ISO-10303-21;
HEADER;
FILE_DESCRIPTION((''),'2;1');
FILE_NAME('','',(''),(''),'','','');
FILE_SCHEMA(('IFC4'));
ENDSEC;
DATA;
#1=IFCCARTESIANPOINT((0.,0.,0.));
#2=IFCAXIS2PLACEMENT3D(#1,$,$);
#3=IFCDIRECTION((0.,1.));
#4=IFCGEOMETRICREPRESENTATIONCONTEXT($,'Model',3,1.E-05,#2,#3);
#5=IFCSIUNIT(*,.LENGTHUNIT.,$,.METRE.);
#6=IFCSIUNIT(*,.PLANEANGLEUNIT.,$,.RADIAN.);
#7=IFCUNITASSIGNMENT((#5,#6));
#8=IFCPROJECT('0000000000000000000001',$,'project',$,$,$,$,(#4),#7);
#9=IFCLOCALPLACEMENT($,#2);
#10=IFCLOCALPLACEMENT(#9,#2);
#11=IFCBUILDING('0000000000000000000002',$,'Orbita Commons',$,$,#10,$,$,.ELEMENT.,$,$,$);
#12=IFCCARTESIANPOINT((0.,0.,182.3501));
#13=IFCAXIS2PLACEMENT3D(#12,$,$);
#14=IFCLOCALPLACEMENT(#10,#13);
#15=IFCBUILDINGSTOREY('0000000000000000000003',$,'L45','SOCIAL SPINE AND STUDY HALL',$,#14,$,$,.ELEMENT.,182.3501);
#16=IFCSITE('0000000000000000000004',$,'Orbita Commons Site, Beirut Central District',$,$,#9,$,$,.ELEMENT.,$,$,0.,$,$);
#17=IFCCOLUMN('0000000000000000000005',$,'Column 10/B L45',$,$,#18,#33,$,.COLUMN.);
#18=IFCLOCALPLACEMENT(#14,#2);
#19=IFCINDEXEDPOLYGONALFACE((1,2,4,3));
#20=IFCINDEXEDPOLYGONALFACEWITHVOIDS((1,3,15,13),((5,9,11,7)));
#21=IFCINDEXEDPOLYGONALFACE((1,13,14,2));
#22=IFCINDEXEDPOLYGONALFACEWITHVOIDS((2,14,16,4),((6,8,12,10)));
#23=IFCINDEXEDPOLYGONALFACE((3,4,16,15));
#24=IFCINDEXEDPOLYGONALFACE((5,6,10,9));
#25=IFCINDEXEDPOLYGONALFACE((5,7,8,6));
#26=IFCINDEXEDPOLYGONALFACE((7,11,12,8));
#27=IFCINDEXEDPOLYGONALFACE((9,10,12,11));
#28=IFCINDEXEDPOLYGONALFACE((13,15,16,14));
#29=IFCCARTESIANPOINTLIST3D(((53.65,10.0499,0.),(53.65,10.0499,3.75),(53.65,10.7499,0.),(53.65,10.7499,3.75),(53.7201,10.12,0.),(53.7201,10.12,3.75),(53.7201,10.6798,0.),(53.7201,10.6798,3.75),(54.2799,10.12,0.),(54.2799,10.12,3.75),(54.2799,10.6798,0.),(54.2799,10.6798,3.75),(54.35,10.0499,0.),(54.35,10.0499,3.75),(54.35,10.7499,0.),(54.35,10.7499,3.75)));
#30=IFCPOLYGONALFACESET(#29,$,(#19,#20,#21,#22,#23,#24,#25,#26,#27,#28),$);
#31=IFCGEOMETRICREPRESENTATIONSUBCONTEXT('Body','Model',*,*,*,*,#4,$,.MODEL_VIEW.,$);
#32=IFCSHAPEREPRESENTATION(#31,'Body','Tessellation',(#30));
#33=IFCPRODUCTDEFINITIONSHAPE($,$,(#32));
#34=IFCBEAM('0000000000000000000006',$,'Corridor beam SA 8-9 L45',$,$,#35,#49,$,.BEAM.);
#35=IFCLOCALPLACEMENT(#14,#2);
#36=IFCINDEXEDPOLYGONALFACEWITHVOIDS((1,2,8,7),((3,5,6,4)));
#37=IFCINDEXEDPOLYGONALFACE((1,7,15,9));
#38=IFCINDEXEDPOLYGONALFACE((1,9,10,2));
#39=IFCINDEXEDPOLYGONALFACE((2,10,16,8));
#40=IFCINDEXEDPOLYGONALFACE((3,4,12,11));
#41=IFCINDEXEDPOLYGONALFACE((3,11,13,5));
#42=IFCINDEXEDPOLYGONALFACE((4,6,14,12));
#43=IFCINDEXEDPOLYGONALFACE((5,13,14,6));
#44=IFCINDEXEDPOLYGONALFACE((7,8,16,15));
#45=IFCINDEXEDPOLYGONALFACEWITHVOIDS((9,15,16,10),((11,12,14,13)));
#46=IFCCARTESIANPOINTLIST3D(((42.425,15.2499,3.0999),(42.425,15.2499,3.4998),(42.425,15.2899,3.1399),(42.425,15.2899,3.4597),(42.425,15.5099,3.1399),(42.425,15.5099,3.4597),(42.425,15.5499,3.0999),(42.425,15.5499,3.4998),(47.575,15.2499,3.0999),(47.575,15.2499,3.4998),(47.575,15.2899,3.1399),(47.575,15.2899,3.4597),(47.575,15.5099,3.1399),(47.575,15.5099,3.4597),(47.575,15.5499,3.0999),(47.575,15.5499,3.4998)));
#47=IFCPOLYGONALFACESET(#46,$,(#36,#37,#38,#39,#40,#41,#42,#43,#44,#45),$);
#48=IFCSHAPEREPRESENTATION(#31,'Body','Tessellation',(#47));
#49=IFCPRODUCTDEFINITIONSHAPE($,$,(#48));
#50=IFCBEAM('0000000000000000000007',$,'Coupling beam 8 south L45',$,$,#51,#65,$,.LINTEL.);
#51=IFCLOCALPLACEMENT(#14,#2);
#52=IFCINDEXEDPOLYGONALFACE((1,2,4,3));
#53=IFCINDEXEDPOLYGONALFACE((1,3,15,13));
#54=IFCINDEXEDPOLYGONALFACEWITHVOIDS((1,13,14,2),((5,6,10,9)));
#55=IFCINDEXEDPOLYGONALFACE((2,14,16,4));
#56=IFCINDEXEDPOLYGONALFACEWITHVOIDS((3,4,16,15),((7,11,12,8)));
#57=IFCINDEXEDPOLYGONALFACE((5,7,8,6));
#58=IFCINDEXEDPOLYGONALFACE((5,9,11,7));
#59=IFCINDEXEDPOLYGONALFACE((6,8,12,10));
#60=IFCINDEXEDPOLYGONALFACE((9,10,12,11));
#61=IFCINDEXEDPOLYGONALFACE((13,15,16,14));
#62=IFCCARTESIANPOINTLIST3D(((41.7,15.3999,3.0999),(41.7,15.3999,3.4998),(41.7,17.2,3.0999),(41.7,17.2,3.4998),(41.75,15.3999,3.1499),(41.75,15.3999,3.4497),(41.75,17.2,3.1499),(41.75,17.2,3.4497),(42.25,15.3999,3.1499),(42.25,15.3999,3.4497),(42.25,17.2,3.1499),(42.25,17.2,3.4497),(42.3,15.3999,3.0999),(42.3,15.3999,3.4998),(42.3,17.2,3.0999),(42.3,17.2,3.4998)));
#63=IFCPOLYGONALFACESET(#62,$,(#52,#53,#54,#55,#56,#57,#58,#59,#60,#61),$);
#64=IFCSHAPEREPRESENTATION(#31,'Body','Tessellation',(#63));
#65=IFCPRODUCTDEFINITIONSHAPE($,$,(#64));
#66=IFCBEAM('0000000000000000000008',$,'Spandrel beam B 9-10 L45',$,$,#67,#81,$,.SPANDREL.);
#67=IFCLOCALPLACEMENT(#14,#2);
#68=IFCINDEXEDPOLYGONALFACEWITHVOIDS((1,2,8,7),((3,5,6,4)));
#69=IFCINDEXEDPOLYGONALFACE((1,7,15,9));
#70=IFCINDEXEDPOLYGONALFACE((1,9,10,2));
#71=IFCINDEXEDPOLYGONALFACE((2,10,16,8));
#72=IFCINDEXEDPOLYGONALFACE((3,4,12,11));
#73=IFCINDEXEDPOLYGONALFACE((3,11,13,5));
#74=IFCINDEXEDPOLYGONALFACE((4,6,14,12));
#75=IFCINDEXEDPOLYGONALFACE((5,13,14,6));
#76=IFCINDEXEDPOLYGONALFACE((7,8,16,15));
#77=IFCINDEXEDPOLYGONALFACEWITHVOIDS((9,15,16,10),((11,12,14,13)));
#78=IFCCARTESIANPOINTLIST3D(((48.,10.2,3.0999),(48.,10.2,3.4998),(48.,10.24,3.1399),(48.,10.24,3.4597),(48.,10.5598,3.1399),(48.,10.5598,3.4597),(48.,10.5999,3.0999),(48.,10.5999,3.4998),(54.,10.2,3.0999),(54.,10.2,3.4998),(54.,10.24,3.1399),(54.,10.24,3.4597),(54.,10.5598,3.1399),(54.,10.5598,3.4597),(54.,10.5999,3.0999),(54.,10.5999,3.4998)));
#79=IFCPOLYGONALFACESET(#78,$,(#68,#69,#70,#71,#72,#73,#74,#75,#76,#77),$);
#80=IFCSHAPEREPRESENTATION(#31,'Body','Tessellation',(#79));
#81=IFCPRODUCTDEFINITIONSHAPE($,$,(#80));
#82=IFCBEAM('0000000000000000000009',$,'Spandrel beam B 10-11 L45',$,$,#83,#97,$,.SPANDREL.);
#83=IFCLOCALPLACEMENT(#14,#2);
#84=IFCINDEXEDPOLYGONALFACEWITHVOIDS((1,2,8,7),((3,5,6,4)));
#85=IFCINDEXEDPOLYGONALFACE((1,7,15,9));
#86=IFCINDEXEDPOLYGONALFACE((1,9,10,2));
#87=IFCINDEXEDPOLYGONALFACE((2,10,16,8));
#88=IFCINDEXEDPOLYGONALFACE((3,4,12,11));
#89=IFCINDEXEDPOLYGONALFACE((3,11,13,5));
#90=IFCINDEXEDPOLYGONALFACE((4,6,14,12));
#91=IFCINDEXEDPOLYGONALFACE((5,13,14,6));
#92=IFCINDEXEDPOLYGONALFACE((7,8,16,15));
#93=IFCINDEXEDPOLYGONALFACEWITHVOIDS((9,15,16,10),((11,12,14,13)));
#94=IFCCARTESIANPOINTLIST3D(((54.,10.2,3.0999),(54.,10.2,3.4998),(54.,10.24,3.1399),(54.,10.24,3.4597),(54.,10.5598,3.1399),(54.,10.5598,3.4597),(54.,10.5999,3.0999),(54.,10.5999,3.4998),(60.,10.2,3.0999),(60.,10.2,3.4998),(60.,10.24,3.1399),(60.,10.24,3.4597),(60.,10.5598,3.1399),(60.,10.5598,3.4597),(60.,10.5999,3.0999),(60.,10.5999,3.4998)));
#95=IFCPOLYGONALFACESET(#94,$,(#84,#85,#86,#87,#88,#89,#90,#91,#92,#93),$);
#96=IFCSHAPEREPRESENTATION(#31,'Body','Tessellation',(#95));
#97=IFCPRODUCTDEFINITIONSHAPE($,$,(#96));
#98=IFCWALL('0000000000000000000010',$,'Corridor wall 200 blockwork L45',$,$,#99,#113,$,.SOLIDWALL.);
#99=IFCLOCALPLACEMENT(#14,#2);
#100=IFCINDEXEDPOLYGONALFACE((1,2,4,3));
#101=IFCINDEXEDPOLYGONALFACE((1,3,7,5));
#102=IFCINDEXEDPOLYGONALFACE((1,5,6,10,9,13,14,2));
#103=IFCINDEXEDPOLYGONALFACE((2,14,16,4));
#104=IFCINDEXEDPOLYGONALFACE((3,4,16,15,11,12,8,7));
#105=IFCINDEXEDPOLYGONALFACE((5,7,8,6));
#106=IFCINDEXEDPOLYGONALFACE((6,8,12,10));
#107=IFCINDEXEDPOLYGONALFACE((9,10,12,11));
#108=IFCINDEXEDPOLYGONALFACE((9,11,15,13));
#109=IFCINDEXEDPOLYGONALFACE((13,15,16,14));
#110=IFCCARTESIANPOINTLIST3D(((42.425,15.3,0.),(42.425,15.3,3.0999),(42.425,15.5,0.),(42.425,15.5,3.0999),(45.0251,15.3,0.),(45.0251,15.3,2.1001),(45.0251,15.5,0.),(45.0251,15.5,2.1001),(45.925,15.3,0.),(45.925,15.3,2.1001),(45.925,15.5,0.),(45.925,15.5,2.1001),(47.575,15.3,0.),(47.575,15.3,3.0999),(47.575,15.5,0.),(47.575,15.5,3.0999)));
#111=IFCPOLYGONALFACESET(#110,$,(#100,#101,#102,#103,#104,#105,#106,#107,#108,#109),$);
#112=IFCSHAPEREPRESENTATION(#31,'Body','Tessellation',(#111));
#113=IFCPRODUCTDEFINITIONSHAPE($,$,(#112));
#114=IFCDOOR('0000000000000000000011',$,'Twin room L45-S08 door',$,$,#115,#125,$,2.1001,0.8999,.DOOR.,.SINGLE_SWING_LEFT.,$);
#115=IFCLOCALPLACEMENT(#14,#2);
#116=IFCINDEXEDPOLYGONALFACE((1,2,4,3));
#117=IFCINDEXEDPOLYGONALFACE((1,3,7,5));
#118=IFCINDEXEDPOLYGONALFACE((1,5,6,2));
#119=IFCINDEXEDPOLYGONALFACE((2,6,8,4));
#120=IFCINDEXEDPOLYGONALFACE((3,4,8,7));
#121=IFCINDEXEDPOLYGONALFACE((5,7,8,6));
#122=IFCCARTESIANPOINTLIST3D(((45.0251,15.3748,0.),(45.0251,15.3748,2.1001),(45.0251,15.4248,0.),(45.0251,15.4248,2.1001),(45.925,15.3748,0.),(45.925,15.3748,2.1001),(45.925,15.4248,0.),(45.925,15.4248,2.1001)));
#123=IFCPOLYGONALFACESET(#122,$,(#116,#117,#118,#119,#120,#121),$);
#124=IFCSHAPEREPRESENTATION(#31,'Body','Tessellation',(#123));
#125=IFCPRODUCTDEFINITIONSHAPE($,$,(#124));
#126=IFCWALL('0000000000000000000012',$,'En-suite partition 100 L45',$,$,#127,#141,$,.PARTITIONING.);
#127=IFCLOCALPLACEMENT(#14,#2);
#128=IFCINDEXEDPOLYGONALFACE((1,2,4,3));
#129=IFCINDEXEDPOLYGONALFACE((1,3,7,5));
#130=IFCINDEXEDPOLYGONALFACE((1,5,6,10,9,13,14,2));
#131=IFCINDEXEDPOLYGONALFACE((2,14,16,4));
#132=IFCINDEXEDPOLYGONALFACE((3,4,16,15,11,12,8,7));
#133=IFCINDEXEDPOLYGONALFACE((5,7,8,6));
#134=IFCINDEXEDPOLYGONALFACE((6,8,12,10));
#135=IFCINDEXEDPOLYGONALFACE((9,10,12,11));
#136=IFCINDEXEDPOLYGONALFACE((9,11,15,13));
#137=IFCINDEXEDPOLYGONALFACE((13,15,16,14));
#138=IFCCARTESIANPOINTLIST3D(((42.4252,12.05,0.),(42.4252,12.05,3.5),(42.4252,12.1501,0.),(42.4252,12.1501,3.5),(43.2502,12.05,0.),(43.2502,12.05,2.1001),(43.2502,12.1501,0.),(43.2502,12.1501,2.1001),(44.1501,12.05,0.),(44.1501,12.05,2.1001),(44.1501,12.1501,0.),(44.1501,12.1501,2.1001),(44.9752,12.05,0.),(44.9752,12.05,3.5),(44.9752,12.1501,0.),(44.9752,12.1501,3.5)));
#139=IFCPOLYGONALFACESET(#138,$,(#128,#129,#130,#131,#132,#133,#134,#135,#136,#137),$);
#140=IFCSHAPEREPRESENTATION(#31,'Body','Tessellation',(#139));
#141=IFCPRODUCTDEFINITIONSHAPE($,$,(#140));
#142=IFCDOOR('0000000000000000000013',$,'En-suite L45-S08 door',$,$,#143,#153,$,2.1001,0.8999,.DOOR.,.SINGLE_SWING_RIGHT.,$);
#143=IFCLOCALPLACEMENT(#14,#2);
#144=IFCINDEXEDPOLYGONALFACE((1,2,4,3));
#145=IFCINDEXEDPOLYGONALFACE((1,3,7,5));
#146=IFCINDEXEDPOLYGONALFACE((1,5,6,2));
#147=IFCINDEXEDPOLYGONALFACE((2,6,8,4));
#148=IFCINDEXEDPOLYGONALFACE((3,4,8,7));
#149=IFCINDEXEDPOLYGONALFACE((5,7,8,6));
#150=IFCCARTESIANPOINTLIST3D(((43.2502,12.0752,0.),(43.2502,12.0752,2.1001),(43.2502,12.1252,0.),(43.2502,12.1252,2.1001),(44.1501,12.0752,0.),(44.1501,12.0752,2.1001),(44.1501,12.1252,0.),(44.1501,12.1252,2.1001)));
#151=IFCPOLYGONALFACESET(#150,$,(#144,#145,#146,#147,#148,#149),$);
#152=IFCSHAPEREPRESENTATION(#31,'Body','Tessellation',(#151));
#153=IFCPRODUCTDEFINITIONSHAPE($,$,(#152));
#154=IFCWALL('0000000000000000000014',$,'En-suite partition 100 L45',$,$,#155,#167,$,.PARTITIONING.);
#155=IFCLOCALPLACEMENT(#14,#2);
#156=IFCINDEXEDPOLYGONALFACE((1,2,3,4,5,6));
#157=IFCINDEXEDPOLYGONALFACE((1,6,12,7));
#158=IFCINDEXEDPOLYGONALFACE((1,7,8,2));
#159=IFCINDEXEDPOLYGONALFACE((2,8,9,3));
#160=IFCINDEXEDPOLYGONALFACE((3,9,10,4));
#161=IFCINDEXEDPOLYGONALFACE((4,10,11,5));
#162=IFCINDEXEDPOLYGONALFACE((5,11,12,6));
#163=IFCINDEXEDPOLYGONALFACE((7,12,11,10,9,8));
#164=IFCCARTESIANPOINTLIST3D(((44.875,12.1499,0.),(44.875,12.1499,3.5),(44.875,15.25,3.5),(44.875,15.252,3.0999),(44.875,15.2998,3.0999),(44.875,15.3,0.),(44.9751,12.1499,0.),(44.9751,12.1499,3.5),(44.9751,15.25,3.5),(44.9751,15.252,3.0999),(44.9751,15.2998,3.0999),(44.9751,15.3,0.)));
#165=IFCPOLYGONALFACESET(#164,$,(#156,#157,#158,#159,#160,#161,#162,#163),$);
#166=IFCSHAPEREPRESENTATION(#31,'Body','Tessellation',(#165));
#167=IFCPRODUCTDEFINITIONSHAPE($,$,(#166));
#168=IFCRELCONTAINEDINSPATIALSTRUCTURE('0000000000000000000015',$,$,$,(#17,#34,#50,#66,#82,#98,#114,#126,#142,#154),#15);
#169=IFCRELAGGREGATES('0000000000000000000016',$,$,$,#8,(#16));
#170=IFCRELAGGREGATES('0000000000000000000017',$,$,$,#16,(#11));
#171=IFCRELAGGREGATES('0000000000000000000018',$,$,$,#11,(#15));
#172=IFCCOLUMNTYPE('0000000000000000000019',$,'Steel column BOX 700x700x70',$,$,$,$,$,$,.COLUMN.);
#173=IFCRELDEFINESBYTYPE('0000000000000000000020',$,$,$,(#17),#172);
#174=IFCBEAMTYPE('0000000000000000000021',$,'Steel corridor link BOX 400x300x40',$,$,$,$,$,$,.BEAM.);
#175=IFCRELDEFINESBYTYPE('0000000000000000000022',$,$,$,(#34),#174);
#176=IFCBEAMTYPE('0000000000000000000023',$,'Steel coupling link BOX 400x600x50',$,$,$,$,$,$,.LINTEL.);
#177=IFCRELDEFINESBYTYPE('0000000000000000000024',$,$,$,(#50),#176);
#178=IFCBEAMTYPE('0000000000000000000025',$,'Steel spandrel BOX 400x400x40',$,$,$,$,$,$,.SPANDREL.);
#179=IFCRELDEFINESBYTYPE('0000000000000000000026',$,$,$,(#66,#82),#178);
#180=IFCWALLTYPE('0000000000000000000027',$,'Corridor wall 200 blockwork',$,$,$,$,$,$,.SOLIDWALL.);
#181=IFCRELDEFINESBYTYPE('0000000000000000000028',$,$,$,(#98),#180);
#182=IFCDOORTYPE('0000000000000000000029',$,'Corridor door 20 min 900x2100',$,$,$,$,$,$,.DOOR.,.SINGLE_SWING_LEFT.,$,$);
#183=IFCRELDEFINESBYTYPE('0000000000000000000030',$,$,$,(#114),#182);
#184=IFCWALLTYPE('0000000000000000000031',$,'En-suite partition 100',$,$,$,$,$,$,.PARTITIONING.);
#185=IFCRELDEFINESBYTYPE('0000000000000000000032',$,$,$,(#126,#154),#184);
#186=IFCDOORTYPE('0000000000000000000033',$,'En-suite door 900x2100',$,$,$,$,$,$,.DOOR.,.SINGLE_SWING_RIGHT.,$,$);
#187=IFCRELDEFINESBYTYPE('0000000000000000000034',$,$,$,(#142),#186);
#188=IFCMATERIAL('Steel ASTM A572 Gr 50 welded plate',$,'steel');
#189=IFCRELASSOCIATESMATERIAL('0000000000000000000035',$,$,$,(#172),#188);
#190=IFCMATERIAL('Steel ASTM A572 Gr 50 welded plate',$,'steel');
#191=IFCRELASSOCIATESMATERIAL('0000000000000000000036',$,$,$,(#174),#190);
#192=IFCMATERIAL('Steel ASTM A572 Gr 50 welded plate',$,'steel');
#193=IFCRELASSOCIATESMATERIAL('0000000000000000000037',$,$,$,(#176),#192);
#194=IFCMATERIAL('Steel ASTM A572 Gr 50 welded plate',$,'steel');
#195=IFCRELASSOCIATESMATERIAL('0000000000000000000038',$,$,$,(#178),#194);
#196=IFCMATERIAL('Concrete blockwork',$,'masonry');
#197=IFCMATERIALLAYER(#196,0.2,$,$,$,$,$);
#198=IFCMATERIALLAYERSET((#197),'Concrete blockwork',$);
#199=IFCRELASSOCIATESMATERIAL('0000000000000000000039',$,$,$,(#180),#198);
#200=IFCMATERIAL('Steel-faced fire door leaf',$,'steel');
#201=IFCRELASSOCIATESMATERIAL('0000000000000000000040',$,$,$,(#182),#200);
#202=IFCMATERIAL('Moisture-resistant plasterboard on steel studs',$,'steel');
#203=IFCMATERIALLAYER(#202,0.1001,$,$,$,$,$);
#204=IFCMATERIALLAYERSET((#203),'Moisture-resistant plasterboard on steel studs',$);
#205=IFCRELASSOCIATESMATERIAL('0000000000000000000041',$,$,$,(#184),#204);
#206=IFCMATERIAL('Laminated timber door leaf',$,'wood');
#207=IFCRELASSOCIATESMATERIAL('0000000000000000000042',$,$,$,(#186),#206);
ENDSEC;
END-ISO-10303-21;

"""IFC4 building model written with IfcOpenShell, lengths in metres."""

from ifc_helpers import new_model, si_unit, direction, frame, frame_2d, origin, origin_2d, place, context, subcontext, project, spatial, polyline, rectangle, hollow_rectangle, outline, extrude, material, layer, layer_set, material_profile, profile_set, type_object, element, fill, save


model = new_model("IFC4")

# Units and contexts
model_context = context("Model", 3, precision=1e-05, world=origin(), true_north=direction((0.0, 1.0)))
body_context = subcontext(model_context, "Body", "Model", "MODEL_VIEW")
ifc_project = project(units=[si_unit("LENGTHUNIT", "METRE"), si_unit("PLANEANGLEUNIT", "RADIAN")], contexts=[model_context])

# Site, building, storey
site_placement = place(None, origin())
site = spatial("IfcSite", under=ifc_project, at=site_placement, Name="Orbita Commons Site, Beirut Central District", CompositionType="ELEMENT", RefElevation=0.0)
building_placement = place(site_placement, origin())
building = spatial("IfcBuilding", under=site, at=building_placement, Name="Orbita Commons", CompositionType="ELEMENT")
storey_placement = place(building_placement, frame((0.0, 0.0, 182.3501)))
storey = spatial("IfcBuildingStorey", under=building, at=storey_placement, Name="L45", Description="SOCIAL SPINE AND STUDY HALL", CompositionType="ELEMENT", Elevation=182.3501)

# Column
ifc_material_1 = material(Name="Steel ASTM A572 Gr 50 welded plate", Category="steel")
ifc_material_profile_1 = material_profile(ifc_material_1, hollow_rectangle(XDim=0.7, YDim=0.7, WallThickness=0.0701, at=origin_2d()), Name="BOX 700x700x70")
ifc_profile_set_1 = profile_set([ifc_material_profile_1], Name="Steel ASTM A572 Gr 50 welded plate")
column_type = type_object("IfcColumnType", Name="Steel column BOX 700x700x70", PredefinedType="COLUMN", material=ifc_profile_set_1)
column_placement = place(storey_placement, frame((54.0, 10.3999, 0.0), z_axis=(0.0, 0.0, 1.0), x_axis=(1.0, 0.0, 0.0)))
element("IfcColumn", 1, at=column_placement, inside=storey, type_object=column_type, Name="Column 10/B L45", PredefinedType="COLUMN", context=body_context, shape_type="SweptSolid", body=[
    extrude(hollow_rectangle(XDim=0.7, YDim=0.7, WallThickness=0.0701, at=origin_2d()), origin(), (0.0, 0.0, 1.0), 3.75),
])

# Beams
ifc_material_2 = material(Name="Steel ASTM A572 Gr 50 welded plate", Category="steel")
ifc_material_profile_2 = material_profile(ifc_material_2, hollow_rectangle(XDim=0.3, YDim=0.3999, WallThickness=0.04, at=origin_2d()), Name="BOX 400x300x40")
ifc_profile_set_2 = profile_set([ifc_material_profile_2], Name="Steel ASTM A572 Gr 50 welded plate")
beam_type_1 = type_object("IfcBeamType", Name="Steel corridor link BOX 400x300x40", PredefinedType="BEAM", material=ifc_profile_set_2)
beam_1_placement = place(storey_placement, frame((42.425, 15.3999, 3.2998), z_axis=(1.0, 0.0, 0.0), x_axis=(0.0, 1.0, 0.0)))
element("IfcBeam", 2, at=beam_1_placement, inside=storey, type_object=beam_type_1, Name="Corridor beam SA 8-9 L45", PredefinedType="BEAM", context=body_context, shape_type="SweptSolid", body=[
    extrude(hollow_rectangle(XDim=0.3, YDim=0.3999, WallThickness=0.04, at=origin_2d()), origin(), (0.0, 0.0, 1.0), 5.1499),
])
ifc_material_3 = material(Name="Steel ASTM A572 Gr 50 welded plate", Category="steel")
ifc_material_profile_3 = material_profile(ifc_material_3, hollow_rectangle(XDim=0.6001, YDim=0.3999, WallThickness=0.05, at=origin_2d()), Name="BOX 400x600x50")
ifc_profile_set_3 = profile_set([ifc_material_profile_3], Name="Steel ASTM A572 Gr 50 welded plate")
beam_type_2 = type_object("IfcBeamType", Name="Steel coupling link BOX 400x600x50", PredefinedType="LINTEL", material=ifc_profile_set_3)
beam_2_placement = place(storey_placement, frame((42.0, 15.3999, 3.2998), z_axis=(0.0, 1.0, 0.0), x_axis=(-1.0, 0.0, 0.0)))
element("IfcBeam", 3, at=beam_2_placement, inside=storey, type_object=beam_type_2, Name="Coupling beam 8 south L45", PredefinedType="LINTEL", context=body_context, shape_type="SweptSolid", body=[
    extrude(hollow_rectangle(XDim=0.6001, YDim=0.3999, WallThickness=0.05, at=origin_2d()), origin(), (0.0, 0.0, 1.0), 1.8),
])
ifc_material_4 = material(Name="Steel ASTM A572 Gr 50 welded plate", Category="steel")
ifc_material_profile_4 = material_profile(ifc_material_4, hollow_rectangle(XDim=0.3999, YDim=0.3999, WallThickness=0.04, at=origin_2d()), Name="BOX 400x400x40")
ifc_profile_set_4 = profile_set([ifc_material_profile_4], Name="Steel ASTM A572 Gr 50 welded plate")
beam_type_3 = type_object("IfcBeamType", Name="Steel spandrel BOX 400x400x40", PredefinedType="SPANDREL", material=ifc_profile_set_4)
for number, where, z_axis, x_axis, name in (
    (4, (48.0, 10.3999, 3.2998), (1.0, 0.0, 0.0), (0.0, 1.0, 0.0), "Spandrel beam B 9-10 L45"),
    (5, (54.0, 10.3999, 3.2998), (1.0, 0.0, 0.0), (0.0, 1.0, 0.0), "Spandrel beam B 10-11 L45"),
):
    element("IfcBeam", number, at=place(storey_placement, frame(where, z_axis=z_axis, x_axis=x_axis)), inside=storey, type_object=beam_type_3, Name=name, PredefinedType="SPANDREL", context=body_context, shape_type="SweptSolid", body=[
        extrude(hollow_rectangle(XDim=0.3999, YDim=0.3999, WallThickness=0.04, at=origin_2d()), origin(), (0.0, 0.0, 1.0), 6.0),
    ])

# Walls, openings, doors
ifc_material_5 = material(Name="Concrete blockwork", Category="masonry")
ifc_layer_1 = layer(ifc_material_5, 0.2)
ifc_layer_set_1 = layer_set([ifc_layer_1], Name="Concrete blockwork")
wall_type_1 = type_object("IfcWallType", Name="Corridor wall 200 blockwork", PredefinedType="SOLIDWALL", material=ifc_layer_set_1)
wall_1_placement = place(storey_placement, frame((42.425, 15.3999, 0.0), z_axis=(0.0, 0.0, 1.0), x_axis=(1.0, 0.0, 0.0)))
wall_1 = element("IfcWall", 6, at=wall_1_placement, inside=storey, type_object=wall_type_1, Name="Corridor wall 200 blockwork L45", PredefinedType="SOLIDWALL", context=body_context, shape_type="SweptSolid", body=[
    extrude(outline(polyline([(0.0, 0.0), (5.1499, 0.0), (5.1499, 3.0999), (0.0, 3.0999), (0.0, 0.0)])), frame((0.0, 0.1001, 0.0), z_axis=(0.0, -1.0, 0.0), x_axis=(1.0, 0.0, 0.0)), (0.0, 0.0, 1.0), 0.2),
])
opening_1_placement = place(wall_1_placement, frame((2.6001, 0.0, 0.0)))
opening_1 = element("IfcOpeningElement", 7, at=opening_1_placement, cuts=wall_1, PredefinedType="OPENING", context=body_context, shape_type="SweptSolid", body=[
    extrude(rectangle(XDim=0.8999, YDim=2.1001, at=frame_2d((0.45, 1.05))), frame((0.0, 0.1099, 0.0), z_axis=(0.0, -1.0, 0.0), x_axis=(1.0, 0.0, 0.0)), (0.0, 0.0, 1.0), 0.22),
])
ifc_material_6 = material(Name="Steel-faced fire door leaf", Category="steel")
door_type_1 = type_object("IfcDoorType", Name="Corridor door 20 min 900x2100", OperationType="SINGLE_SWING_LEFT", PredefinedType="DOOR", material=ifc_material_6)
door_1_placement = place(opening_1_placement, origin())
door_1 = element("IfcDoor", 8, at=door_1_placement, inside=storey, type_object=door_type_1, Name="Twin room L45-S08 door", OperationType="SINGLE_SWING_LEFT", OverallHeight=2.1001, OverallWidth=0.8999, PredefinedType="DOOR", context=body_context, shape_type="SweptSolid", body=[
    extrude(rectangle(XDim=0.8999, YDim=2.1001, at=frame_2d((0.45, 1.05))), frame((0.0, 0.0249, 0.0), z_axis=(0.0, -1.0, 0.0), x_axis=(1.0, 0.0, 0.0)), (0.0, 0.0, 1.0), 0.05),
])
fill(opening_1, door_1)
ifc_material_7 = material(Name="Moisture-resistant plasterboard on steel studs", Category="steel")
ifc_layer_2 = layer(ifc_material_7, 0.1001)
ifc_layer_set_2 = layer_set([ifc_layer_2], Name="Moisture-resistant plasterboard on steel studs")
wall_type_2 = type_object("IfcWallType", Name="En-suite partition 100", PredefinedType="PARTITIONING", material=ifc_layer_set_2)
wall_2_placement = place(storey_placement, frame((44.9751, 12.1001, 0.0), z_axis=(0.0, 0.0, 1.0), x_axis=(-1.0, 0.0, 0.0)))
wall_2 = element("IfcWall", 9, at=wall_2_placement, inside=storey, type_object=wall_type_2, Name="En-suite partition 100 L45", PredefinedType="PARTITIONING", context=body_context, shape_type="SweptSolid", body=[
    extrude(rectangle(XDim=2.55, YDim=0.1001, at=frame_2d((1.2749, 0.0))), origin(), (0.0, 0.0, 1.0), 3.5),
])
opening_2_placement = place(wall_2_placement, frame((0.825, 0.0, 0.0)))
opening_2 = element("IfcOpeningElement", 10, at=opening_2_placement, cuts=wall_2, PredefinedType="OPENING", context=body_context, shape_type="SweptSolid", body=[
    extrude(rectangle(XDim=0.8999, YDim=2.1001, at=frame_2d((0.45, 1.05))), frame((0.0, 0.0601, 0.0), z_axis=(0.0, -1.0, 0.0), x_axis=(1.0, 0.0, 0.0)), (0.0, 0.0, 1.0), 0.1201),
])
ifc_material_8 = material(Name="Laminated timber door leaf", Category="wood")
door_type_2 = type_object("IfcDoorType", Name="En-suite door 900x2100", OperationType="SINGLE_SWING_RIGHT", PredefinedType="DOOR", material=ifc_material_8)
door_2_placement = place(opening_2_placement, origin())
door_2 = element("IfcDoor", 11, at=door_2_placement, inside=storey, type_object=door_type_2, Name="En-suite L45-S08 door", OperationType="SINGLE_SWING_RIGHT", OverallHeight=2.1001, OverallWidth=0.8999, PredefinedType="DOOR", context=body_context, shape_type="SweptSolid", body=[
    extrude(rectangle(XDim=0.8999, YDim=2.1001, at=frame_2d((0.45, 1.05))), frame((0.0, 0.0249, 0.0), z_axis=(0.0, -1.0, 0.0), x_axis=(1.0, 0.0, 0.0)), (0.0, 0.0, 1.0), 0.05),
])
fill(opening_2, door_2)

# Wall
wall_3_placement = place(storey_placement, frame((44.925, 12.1499, 0.0), z_axis=(0.0, 0.0, 1.0), x_axis=(0.0, 1.0, 0.0)))
element("IfcWall", 12, at=wall_3_placement, inside=storey, type_object=wall_type_2, Name="En-suite partition 100 L45", PredefinedType="PARTITIONING", context=body_context, shape_type="SweptSolid", body=[
    extrude(outline(polyline([(0.0, 0.0), (3.1501, 0.0), (3.1499, 3.0999), (3.1021, 3.0999), (3.1001, 3.5), (0.0, 3.5), (0.0, 0.0)])), frame((0.0, 0.05, 0.0), z_axis=(0.0, -1.0, 0.0), x_axis=(1.0, 0.0, 0.0)), (0.0, 0.0, 1.0), 0.1001),
])

save(model, "model.ifc")
